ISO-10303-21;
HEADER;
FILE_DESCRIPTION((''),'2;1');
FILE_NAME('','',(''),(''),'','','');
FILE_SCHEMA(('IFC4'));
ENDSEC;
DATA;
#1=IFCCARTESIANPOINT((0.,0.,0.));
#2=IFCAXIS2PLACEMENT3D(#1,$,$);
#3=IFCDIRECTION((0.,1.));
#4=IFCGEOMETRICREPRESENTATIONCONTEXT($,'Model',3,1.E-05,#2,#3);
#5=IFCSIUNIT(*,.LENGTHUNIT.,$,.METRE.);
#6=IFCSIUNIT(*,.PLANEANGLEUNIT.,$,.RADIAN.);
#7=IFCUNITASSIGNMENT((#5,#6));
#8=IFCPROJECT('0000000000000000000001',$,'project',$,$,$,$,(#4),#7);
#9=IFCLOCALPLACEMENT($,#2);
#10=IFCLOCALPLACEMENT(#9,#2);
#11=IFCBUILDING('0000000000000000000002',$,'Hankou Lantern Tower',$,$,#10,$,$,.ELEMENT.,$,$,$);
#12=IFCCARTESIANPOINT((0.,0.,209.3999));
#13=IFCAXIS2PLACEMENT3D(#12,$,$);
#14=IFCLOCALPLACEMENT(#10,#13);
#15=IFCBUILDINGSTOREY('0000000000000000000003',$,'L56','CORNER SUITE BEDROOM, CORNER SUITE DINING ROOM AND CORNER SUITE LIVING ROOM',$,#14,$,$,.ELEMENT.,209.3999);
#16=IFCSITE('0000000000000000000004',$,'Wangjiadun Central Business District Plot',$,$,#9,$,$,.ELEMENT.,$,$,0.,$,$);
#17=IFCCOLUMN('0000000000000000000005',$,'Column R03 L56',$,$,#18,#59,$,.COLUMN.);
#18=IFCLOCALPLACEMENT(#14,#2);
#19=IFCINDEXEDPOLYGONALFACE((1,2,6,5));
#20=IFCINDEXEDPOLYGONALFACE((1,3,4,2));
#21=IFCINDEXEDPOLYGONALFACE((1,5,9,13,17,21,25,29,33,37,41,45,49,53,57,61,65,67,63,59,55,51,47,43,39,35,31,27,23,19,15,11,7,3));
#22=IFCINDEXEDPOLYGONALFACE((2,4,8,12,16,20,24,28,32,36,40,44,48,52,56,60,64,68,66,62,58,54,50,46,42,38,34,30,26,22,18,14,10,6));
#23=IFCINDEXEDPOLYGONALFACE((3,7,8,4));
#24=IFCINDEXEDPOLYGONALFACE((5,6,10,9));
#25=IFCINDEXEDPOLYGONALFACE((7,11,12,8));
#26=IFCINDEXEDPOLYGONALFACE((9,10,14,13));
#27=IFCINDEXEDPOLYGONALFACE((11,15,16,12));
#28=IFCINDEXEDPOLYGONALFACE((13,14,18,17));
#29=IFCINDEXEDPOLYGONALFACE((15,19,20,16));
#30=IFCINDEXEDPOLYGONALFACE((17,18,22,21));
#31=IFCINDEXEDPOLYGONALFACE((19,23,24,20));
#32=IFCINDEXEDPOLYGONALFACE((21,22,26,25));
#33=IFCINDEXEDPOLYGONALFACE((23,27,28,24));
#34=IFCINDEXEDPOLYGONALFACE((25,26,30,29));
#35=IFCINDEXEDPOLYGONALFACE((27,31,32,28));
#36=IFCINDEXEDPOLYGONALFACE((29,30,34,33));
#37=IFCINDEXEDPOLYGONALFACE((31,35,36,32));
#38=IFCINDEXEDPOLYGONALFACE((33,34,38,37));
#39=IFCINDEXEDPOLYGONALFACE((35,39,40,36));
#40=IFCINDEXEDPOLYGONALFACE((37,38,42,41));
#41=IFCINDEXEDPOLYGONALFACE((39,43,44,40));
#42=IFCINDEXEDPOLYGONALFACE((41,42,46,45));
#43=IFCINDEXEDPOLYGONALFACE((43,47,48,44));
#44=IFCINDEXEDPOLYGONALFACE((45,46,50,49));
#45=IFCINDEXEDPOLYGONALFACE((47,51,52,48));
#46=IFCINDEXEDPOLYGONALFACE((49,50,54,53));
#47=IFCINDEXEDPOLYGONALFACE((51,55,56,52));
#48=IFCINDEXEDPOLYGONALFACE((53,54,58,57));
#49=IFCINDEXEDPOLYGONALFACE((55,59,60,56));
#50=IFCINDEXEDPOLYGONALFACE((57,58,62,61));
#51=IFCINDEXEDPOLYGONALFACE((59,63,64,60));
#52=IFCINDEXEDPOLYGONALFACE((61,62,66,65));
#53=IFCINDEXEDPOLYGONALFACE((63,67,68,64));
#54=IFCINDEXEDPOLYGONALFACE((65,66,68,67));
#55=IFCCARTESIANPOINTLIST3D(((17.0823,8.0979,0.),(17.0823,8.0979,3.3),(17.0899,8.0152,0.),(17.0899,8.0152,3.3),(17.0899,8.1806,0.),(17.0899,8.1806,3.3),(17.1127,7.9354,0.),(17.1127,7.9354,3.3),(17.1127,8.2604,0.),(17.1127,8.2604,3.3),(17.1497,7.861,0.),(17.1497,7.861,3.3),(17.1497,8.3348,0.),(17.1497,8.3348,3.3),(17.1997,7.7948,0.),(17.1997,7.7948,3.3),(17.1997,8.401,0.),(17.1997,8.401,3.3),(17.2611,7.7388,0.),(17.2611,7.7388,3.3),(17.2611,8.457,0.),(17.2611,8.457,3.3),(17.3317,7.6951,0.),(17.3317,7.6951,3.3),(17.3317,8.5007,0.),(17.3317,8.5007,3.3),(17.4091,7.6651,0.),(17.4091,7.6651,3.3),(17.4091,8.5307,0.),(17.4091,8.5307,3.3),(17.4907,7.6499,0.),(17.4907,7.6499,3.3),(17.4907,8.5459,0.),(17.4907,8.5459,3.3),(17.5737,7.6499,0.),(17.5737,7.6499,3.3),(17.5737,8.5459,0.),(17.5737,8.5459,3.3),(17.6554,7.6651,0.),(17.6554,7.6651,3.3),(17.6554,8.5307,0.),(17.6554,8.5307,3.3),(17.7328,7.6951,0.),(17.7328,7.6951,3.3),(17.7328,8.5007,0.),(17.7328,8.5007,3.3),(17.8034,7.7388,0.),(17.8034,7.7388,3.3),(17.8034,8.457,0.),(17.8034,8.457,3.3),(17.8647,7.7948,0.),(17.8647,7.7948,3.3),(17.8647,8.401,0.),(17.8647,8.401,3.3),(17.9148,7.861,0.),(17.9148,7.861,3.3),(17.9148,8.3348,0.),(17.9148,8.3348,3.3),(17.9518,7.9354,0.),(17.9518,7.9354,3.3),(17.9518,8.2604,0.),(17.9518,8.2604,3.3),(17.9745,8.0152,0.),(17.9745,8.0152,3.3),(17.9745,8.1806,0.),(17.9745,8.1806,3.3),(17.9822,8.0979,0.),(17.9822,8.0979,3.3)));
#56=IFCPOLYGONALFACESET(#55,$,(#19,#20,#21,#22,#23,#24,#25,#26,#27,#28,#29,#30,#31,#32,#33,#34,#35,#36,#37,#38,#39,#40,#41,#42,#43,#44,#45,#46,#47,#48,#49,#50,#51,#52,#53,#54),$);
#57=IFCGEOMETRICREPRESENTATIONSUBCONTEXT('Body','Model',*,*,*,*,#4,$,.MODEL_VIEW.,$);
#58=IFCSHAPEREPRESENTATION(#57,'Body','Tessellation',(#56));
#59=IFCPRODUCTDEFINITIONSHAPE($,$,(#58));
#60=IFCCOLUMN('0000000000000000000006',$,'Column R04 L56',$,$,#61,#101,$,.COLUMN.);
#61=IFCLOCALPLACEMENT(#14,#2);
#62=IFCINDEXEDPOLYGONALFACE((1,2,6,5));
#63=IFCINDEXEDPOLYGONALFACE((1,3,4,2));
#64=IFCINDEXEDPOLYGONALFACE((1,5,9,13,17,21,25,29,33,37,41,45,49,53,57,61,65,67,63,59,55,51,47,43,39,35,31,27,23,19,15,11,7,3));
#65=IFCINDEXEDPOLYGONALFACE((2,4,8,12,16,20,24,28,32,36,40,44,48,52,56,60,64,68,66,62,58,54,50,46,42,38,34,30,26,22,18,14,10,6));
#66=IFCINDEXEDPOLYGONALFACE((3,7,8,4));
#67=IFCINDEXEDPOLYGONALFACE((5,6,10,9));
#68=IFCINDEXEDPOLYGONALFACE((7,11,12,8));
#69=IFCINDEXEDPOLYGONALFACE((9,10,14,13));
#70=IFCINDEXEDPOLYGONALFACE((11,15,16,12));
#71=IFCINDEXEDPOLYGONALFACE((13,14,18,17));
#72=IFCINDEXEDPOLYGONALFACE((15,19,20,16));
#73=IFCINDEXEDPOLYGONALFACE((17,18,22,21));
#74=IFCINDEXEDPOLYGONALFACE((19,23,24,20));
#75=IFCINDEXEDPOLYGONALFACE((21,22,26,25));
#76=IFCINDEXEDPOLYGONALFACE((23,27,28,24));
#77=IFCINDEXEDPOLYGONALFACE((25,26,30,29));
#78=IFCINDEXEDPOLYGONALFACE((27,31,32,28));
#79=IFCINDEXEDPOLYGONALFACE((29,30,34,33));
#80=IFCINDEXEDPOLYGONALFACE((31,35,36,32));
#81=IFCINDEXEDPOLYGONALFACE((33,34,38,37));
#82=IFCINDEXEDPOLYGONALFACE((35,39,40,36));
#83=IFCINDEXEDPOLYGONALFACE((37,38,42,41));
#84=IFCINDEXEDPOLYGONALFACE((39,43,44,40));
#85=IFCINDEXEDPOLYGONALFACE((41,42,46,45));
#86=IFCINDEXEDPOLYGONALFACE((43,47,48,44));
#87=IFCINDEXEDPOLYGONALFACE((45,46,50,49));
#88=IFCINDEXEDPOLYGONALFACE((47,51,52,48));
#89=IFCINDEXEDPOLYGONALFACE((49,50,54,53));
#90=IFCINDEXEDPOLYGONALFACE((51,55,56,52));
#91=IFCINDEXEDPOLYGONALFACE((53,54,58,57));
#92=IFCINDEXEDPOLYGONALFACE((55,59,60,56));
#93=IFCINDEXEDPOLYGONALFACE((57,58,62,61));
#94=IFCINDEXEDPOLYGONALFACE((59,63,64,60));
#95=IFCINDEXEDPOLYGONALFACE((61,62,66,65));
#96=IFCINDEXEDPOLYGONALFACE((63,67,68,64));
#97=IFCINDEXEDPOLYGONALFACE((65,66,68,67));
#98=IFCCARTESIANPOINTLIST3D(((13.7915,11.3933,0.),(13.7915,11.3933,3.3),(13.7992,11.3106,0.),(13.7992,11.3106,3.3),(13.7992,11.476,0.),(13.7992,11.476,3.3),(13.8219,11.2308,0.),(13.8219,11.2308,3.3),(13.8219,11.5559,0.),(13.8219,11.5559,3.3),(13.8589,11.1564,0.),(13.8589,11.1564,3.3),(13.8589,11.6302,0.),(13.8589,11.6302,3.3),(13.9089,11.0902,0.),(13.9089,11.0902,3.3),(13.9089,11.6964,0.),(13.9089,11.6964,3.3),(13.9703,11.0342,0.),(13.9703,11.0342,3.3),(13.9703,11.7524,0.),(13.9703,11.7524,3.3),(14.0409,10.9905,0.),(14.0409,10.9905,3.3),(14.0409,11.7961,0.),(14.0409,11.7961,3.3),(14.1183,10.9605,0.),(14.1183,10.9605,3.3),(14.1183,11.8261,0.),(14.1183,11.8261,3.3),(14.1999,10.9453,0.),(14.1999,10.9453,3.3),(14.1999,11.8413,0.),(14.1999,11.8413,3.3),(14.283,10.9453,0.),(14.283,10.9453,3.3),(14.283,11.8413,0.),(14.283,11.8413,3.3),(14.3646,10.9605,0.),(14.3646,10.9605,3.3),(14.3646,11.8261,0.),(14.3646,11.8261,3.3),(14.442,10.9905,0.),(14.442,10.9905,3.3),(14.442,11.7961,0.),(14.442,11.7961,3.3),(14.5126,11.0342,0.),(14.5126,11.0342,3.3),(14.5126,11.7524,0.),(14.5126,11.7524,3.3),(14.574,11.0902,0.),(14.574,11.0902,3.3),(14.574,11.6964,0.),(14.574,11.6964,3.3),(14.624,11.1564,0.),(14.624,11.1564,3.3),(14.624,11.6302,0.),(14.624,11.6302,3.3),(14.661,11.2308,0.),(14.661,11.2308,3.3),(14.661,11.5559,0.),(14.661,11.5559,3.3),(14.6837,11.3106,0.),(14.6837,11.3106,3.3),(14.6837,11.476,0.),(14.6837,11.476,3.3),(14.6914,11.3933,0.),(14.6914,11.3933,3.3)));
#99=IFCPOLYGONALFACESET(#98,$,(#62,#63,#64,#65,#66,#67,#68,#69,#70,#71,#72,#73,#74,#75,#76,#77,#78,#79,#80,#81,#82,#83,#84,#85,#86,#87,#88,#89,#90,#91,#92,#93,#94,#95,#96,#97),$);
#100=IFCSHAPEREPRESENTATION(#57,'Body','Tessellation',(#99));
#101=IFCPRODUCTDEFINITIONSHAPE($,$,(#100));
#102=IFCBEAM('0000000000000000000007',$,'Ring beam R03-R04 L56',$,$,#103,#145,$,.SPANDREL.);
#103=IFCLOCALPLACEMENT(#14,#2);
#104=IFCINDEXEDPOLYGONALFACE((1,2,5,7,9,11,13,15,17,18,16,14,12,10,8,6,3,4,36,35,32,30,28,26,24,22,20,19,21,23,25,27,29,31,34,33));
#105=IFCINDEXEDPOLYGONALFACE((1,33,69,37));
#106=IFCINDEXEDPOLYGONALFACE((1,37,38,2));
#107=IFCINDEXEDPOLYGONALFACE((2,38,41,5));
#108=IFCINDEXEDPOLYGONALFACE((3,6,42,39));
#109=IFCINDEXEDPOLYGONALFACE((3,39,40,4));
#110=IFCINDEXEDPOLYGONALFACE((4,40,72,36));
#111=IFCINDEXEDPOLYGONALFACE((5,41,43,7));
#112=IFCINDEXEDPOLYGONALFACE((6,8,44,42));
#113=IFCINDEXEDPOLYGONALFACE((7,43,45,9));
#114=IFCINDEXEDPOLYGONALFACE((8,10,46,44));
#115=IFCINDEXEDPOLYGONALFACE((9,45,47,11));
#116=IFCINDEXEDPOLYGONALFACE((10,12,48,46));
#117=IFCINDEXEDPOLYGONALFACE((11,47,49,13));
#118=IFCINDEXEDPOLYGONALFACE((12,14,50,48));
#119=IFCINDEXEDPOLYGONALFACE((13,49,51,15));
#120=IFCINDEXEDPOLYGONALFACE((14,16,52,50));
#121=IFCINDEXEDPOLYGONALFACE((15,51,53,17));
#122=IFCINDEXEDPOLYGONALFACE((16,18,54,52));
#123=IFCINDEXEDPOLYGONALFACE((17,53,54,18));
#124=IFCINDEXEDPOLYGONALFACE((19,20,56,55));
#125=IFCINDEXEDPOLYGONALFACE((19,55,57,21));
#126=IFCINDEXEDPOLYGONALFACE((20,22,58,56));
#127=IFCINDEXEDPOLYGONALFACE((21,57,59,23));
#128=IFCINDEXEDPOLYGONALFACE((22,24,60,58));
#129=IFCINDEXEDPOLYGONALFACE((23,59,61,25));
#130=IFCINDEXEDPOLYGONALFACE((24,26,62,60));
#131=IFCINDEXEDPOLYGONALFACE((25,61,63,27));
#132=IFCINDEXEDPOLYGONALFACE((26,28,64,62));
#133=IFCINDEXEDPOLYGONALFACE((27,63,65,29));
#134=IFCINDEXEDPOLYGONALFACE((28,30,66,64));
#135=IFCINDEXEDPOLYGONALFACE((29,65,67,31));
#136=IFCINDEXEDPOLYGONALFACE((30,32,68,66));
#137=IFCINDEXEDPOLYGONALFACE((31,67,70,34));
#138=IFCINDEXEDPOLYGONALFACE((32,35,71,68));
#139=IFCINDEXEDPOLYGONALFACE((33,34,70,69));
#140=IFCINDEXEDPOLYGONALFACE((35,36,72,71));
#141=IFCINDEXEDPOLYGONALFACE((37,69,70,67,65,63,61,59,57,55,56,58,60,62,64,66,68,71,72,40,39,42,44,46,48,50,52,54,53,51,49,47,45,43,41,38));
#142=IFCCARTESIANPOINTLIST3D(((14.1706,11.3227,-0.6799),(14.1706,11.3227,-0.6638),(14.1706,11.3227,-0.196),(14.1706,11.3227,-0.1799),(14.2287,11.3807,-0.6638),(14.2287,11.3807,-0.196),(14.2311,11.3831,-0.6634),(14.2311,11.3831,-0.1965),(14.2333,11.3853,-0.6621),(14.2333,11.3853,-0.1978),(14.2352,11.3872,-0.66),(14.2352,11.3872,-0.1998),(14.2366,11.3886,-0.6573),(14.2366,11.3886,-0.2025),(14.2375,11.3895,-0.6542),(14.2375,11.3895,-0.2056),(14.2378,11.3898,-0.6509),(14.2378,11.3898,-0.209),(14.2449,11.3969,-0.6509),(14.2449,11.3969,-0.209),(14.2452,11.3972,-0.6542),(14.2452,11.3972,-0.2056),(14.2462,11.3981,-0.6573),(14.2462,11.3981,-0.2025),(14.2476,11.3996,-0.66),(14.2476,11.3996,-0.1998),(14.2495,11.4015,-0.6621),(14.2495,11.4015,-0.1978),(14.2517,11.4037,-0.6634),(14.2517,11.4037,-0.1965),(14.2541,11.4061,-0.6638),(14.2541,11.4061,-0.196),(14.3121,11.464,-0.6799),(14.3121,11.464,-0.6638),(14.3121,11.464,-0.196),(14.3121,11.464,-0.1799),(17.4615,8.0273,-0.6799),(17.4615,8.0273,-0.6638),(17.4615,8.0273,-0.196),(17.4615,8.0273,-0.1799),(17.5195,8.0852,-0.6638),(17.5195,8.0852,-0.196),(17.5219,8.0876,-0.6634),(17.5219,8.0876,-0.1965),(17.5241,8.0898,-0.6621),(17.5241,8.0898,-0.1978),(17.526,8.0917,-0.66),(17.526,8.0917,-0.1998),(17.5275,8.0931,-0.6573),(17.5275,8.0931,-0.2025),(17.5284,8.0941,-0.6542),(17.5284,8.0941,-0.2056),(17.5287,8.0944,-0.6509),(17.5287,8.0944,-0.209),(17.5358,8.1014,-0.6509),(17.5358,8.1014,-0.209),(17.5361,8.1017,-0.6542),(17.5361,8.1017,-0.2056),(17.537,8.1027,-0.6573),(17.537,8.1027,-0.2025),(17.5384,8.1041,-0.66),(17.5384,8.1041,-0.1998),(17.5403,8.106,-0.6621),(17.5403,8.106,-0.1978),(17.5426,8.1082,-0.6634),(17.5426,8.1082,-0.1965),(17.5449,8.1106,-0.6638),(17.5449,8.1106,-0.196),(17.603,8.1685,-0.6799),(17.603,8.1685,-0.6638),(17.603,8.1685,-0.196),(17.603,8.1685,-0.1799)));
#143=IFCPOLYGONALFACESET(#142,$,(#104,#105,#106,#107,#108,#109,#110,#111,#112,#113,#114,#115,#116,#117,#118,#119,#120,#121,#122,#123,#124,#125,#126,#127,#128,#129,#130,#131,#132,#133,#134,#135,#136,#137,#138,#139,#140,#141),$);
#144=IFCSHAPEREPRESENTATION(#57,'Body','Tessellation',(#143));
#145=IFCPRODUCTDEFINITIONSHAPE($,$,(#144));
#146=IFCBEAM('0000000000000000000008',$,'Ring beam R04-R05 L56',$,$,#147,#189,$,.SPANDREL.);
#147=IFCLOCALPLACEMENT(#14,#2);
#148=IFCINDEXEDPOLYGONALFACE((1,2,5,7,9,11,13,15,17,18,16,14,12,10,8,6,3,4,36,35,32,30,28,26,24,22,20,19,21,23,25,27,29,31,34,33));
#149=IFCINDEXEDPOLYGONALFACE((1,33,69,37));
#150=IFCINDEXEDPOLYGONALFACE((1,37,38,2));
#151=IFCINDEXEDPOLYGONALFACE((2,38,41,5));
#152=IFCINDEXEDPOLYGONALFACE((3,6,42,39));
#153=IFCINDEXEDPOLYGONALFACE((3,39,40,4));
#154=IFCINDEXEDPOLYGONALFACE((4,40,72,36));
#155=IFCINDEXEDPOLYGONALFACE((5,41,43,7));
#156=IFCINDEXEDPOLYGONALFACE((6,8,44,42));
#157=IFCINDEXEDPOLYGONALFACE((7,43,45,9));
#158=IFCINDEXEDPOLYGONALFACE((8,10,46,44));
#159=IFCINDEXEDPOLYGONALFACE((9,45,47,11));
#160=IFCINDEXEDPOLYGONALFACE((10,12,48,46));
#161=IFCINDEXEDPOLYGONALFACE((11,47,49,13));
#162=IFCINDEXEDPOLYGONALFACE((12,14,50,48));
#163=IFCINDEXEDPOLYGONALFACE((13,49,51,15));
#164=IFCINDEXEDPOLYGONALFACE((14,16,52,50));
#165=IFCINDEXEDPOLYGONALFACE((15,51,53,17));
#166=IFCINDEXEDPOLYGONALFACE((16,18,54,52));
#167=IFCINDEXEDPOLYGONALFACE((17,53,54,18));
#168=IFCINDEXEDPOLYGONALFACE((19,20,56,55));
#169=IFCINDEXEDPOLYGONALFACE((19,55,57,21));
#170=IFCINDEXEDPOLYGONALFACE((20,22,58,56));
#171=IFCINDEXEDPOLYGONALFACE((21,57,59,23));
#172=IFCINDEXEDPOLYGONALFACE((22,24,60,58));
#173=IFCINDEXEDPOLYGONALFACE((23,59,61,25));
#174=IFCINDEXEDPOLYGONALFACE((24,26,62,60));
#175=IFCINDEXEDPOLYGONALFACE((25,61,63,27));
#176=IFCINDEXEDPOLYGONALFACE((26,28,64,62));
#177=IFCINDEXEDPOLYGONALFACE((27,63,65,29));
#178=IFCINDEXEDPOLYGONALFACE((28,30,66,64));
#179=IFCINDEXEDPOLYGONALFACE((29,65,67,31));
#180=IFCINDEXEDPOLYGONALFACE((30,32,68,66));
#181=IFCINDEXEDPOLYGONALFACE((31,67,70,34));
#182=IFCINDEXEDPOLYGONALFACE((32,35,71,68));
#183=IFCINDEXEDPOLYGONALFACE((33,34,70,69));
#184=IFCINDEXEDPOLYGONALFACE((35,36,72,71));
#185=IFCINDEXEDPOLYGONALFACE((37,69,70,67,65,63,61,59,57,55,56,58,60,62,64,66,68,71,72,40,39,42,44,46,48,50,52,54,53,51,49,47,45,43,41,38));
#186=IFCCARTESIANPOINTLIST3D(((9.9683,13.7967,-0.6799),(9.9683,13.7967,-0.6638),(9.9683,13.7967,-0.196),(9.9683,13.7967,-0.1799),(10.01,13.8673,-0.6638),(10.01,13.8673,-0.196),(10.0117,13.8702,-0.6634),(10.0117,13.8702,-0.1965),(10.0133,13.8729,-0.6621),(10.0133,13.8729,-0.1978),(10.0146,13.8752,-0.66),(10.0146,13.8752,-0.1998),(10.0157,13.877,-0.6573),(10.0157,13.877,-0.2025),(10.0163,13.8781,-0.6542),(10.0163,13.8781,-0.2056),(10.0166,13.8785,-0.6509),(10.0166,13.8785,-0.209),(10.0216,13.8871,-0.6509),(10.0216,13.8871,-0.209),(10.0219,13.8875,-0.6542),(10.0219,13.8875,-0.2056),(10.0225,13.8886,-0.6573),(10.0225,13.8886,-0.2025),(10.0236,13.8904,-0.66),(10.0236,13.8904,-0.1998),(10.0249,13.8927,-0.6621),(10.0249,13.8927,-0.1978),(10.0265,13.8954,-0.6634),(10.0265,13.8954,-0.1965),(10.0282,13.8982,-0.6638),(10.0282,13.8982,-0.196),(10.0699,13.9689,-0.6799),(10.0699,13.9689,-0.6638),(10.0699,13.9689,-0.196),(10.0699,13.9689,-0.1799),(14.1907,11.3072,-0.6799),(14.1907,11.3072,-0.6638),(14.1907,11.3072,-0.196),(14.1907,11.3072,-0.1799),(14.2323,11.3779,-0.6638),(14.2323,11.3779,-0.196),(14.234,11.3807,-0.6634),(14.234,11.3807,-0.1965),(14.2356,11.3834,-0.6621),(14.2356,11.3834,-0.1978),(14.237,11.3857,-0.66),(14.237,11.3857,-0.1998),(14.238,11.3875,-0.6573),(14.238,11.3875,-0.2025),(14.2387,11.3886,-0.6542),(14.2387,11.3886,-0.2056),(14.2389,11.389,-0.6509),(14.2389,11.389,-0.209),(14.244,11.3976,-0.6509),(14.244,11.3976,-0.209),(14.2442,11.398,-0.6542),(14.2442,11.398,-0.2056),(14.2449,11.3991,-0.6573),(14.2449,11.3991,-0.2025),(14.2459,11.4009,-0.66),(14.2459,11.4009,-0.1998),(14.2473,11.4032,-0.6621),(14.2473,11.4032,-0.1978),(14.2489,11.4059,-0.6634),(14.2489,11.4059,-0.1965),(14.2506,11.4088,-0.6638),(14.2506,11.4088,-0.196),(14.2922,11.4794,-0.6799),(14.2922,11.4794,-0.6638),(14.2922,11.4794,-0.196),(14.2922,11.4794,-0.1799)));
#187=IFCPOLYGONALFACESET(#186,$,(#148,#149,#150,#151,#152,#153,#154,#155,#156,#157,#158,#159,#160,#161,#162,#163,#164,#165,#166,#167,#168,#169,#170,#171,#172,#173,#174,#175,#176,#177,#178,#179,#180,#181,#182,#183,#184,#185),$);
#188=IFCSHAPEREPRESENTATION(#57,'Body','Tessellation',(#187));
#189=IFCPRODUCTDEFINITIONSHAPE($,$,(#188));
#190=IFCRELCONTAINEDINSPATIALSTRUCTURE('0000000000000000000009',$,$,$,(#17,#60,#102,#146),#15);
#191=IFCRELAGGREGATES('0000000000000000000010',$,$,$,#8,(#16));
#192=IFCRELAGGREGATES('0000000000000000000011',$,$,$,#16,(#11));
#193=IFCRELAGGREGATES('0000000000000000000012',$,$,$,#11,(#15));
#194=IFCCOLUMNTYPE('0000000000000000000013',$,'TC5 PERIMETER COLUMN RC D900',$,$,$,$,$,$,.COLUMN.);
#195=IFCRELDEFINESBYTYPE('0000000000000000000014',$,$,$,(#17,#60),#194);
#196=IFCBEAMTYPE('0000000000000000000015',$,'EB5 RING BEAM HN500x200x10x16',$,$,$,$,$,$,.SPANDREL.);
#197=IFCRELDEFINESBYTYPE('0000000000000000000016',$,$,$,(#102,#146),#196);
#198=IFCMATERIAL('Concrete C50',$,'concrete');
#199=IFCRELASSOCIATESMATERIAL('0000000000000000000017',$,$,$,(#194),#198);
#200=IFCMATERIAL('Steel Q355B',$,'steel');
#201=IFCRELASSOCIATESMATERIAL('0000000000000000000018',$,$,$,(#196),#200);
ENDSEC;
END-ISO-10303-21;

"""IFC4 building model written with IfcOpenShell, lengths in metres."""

from ifc_helpers import new_model, si_unit, direction, frame, origin, origin_2d, place, context, subcontext, project, spatial, circle, i_section, extrude, material, material_profile, profile_set, type_object, element, save


model = new_model("IFC4")

# Units and contexts
model_context = context("Model", 3, precision=1e-05, world=origin(), true_north=direction((0.0, 1.0)))
body_context = subcontext(model_context, "Body", "Model", "MODEL_VIEW")
ifc_project = project(units=[si_unit("LENGTHUNIT", "METRE"), si_unit("PLANEANGLEUNIT", "RADIAN")], contexts=[model_context])

# Site, building, storey
site_placement = place(None, origin())
site = spatial("IfcSite", under=ifc_project, at=site_placement, Name="Wangjiadun Central Business District Plot", CompositionType="ELEMENT", RefElevation=0.0)
building_placement = place(site_placement, origin())
building = spatial("IfcBuilding", under=site, at=building_placement, Name="Hankou Lantern Tower", CompositionType="ELEMENT")
storey_placement = place(building_placement, frame((0.0, 0.0, 209.3999)))
storey = spatial("IfcBuildingStorey", under=building, at=storey_placement, Name="L56", Description="CORNER SUITE BEDROOM, CORNER SUITE DINING ROOM AND CORNER SUITE LIVING ROOM", CompositionType="ELEMENT", Elevation=209.3999)

# Columns
ifc_material_1 = material(Name="Concrete C50", Category="concrete")
ifc_material_profile_1 = material_profile(ifc_material_1, circle(Radius=0.45, at=origin_2d()), Name="RC D900")
ifc_profile_set_1 = profile_set([ifc_material_profile_1], Name="Concrete C50")
column_type = type_object("IfcColumnType", Name="TC5 PERIMETER COLUMN RC D900", PredefinedType="COLUMN", material=ifc_profile_set_1)
for number, where, z_axis, x_axis, name in (
    (1, (17.5322, 8.0979, 0.0), (0.0, 0.0, 1.0), (1.0, 0.0, 0.0), "Column R03 L56"),
    (2, (14.2415, 11.3933, 0.0), (0.0, 0.0, 1.0), (1.0, 0.0, 0.0), "Column R04 L56"),
):
    element("IfcColumn", number, at=place(storey_placement, frame(where, z_axis=z_axis, x_axis=x_axis)), inside=storey, type_object=column_type, Name=name, PredefinedType="COLUMN", context=body_context, shape_type="SweptSolid", body=[
        extrude(circle(Radius=0.45, at=origin_2d()), origin(), (0.0, 0.0, 1.0), 3.3),
    ])

# Beams
ifc_material_2 = material(Name="Steel Q355B", Category="steel")
ifc_material_profile_2 = material_profile(ifc_material_2, i_section(OverallWidth=0.2, OverallDepth=0.5, WebThickness=0.01, FlangeThickness=0.0161, FilletRadius=0.0129, at=origin_2d()), Name="HN500x200x10x16")
ifc_profile_set_2 = profile_set([ifc_material_profile_2], Name="Steel Q355B")
beam_type_1 = type_object("IfcBeamType", Name="EB5 RING BEAM HN500x200x10x16", PredefinedType="SPANDREL", material=ifc_profile_set_2)
beam_1_placement = place(storey_placement, frame((17.5322, 8.0979, -0.4299), z_axis=(-0.706609, 0.707605, 0.0), x_axis=(-0.707605, -0.706609, 0.0)))
element("IfcBeam", 3, at=beam_1_placement, inside=storey, type_object=beam_type_1, Name="Ring beam R03-R04 L56", PredefinedType="SPANDREL", context=body_context, shape_type="SweptSolid", body=[
    extrude(i_section(OverallWidth=0.2, OverallDepth=0.5, WebThickness=0.01, FlangeThickness=0.0161, FilletRadius=0.0129, at=origin_2d()), origin(), (0.0, 0.0, 1.0), 4.6572),
])
beam_2_placement = place(storey_placement, frame((14.2415, 11.3933, -0.4299), z_axis=(-0.861423, 0.507888, 0.0), x_axis=(-0.507888, -0.861423, 0.0)))
element("IfcBeam", 4, at=beam_2_placement, inside=storey, type_object=beam_type_1, Name="Ring beam R04-R05 L56", PredefinedType="SPANDREL", context=body_context, shape_type="SweptSolid", body=[
    extrude(i_section(OverallWidth=0.2, OverallDepth=0.5, WebThickness=0.01, FlangeThickness=0.0161, FilletRadius=0.0129, at=origin_2d()), origin(), (0.0, 0.0, 1.0), 4.9016),
])

save(model, "model.ifc")
